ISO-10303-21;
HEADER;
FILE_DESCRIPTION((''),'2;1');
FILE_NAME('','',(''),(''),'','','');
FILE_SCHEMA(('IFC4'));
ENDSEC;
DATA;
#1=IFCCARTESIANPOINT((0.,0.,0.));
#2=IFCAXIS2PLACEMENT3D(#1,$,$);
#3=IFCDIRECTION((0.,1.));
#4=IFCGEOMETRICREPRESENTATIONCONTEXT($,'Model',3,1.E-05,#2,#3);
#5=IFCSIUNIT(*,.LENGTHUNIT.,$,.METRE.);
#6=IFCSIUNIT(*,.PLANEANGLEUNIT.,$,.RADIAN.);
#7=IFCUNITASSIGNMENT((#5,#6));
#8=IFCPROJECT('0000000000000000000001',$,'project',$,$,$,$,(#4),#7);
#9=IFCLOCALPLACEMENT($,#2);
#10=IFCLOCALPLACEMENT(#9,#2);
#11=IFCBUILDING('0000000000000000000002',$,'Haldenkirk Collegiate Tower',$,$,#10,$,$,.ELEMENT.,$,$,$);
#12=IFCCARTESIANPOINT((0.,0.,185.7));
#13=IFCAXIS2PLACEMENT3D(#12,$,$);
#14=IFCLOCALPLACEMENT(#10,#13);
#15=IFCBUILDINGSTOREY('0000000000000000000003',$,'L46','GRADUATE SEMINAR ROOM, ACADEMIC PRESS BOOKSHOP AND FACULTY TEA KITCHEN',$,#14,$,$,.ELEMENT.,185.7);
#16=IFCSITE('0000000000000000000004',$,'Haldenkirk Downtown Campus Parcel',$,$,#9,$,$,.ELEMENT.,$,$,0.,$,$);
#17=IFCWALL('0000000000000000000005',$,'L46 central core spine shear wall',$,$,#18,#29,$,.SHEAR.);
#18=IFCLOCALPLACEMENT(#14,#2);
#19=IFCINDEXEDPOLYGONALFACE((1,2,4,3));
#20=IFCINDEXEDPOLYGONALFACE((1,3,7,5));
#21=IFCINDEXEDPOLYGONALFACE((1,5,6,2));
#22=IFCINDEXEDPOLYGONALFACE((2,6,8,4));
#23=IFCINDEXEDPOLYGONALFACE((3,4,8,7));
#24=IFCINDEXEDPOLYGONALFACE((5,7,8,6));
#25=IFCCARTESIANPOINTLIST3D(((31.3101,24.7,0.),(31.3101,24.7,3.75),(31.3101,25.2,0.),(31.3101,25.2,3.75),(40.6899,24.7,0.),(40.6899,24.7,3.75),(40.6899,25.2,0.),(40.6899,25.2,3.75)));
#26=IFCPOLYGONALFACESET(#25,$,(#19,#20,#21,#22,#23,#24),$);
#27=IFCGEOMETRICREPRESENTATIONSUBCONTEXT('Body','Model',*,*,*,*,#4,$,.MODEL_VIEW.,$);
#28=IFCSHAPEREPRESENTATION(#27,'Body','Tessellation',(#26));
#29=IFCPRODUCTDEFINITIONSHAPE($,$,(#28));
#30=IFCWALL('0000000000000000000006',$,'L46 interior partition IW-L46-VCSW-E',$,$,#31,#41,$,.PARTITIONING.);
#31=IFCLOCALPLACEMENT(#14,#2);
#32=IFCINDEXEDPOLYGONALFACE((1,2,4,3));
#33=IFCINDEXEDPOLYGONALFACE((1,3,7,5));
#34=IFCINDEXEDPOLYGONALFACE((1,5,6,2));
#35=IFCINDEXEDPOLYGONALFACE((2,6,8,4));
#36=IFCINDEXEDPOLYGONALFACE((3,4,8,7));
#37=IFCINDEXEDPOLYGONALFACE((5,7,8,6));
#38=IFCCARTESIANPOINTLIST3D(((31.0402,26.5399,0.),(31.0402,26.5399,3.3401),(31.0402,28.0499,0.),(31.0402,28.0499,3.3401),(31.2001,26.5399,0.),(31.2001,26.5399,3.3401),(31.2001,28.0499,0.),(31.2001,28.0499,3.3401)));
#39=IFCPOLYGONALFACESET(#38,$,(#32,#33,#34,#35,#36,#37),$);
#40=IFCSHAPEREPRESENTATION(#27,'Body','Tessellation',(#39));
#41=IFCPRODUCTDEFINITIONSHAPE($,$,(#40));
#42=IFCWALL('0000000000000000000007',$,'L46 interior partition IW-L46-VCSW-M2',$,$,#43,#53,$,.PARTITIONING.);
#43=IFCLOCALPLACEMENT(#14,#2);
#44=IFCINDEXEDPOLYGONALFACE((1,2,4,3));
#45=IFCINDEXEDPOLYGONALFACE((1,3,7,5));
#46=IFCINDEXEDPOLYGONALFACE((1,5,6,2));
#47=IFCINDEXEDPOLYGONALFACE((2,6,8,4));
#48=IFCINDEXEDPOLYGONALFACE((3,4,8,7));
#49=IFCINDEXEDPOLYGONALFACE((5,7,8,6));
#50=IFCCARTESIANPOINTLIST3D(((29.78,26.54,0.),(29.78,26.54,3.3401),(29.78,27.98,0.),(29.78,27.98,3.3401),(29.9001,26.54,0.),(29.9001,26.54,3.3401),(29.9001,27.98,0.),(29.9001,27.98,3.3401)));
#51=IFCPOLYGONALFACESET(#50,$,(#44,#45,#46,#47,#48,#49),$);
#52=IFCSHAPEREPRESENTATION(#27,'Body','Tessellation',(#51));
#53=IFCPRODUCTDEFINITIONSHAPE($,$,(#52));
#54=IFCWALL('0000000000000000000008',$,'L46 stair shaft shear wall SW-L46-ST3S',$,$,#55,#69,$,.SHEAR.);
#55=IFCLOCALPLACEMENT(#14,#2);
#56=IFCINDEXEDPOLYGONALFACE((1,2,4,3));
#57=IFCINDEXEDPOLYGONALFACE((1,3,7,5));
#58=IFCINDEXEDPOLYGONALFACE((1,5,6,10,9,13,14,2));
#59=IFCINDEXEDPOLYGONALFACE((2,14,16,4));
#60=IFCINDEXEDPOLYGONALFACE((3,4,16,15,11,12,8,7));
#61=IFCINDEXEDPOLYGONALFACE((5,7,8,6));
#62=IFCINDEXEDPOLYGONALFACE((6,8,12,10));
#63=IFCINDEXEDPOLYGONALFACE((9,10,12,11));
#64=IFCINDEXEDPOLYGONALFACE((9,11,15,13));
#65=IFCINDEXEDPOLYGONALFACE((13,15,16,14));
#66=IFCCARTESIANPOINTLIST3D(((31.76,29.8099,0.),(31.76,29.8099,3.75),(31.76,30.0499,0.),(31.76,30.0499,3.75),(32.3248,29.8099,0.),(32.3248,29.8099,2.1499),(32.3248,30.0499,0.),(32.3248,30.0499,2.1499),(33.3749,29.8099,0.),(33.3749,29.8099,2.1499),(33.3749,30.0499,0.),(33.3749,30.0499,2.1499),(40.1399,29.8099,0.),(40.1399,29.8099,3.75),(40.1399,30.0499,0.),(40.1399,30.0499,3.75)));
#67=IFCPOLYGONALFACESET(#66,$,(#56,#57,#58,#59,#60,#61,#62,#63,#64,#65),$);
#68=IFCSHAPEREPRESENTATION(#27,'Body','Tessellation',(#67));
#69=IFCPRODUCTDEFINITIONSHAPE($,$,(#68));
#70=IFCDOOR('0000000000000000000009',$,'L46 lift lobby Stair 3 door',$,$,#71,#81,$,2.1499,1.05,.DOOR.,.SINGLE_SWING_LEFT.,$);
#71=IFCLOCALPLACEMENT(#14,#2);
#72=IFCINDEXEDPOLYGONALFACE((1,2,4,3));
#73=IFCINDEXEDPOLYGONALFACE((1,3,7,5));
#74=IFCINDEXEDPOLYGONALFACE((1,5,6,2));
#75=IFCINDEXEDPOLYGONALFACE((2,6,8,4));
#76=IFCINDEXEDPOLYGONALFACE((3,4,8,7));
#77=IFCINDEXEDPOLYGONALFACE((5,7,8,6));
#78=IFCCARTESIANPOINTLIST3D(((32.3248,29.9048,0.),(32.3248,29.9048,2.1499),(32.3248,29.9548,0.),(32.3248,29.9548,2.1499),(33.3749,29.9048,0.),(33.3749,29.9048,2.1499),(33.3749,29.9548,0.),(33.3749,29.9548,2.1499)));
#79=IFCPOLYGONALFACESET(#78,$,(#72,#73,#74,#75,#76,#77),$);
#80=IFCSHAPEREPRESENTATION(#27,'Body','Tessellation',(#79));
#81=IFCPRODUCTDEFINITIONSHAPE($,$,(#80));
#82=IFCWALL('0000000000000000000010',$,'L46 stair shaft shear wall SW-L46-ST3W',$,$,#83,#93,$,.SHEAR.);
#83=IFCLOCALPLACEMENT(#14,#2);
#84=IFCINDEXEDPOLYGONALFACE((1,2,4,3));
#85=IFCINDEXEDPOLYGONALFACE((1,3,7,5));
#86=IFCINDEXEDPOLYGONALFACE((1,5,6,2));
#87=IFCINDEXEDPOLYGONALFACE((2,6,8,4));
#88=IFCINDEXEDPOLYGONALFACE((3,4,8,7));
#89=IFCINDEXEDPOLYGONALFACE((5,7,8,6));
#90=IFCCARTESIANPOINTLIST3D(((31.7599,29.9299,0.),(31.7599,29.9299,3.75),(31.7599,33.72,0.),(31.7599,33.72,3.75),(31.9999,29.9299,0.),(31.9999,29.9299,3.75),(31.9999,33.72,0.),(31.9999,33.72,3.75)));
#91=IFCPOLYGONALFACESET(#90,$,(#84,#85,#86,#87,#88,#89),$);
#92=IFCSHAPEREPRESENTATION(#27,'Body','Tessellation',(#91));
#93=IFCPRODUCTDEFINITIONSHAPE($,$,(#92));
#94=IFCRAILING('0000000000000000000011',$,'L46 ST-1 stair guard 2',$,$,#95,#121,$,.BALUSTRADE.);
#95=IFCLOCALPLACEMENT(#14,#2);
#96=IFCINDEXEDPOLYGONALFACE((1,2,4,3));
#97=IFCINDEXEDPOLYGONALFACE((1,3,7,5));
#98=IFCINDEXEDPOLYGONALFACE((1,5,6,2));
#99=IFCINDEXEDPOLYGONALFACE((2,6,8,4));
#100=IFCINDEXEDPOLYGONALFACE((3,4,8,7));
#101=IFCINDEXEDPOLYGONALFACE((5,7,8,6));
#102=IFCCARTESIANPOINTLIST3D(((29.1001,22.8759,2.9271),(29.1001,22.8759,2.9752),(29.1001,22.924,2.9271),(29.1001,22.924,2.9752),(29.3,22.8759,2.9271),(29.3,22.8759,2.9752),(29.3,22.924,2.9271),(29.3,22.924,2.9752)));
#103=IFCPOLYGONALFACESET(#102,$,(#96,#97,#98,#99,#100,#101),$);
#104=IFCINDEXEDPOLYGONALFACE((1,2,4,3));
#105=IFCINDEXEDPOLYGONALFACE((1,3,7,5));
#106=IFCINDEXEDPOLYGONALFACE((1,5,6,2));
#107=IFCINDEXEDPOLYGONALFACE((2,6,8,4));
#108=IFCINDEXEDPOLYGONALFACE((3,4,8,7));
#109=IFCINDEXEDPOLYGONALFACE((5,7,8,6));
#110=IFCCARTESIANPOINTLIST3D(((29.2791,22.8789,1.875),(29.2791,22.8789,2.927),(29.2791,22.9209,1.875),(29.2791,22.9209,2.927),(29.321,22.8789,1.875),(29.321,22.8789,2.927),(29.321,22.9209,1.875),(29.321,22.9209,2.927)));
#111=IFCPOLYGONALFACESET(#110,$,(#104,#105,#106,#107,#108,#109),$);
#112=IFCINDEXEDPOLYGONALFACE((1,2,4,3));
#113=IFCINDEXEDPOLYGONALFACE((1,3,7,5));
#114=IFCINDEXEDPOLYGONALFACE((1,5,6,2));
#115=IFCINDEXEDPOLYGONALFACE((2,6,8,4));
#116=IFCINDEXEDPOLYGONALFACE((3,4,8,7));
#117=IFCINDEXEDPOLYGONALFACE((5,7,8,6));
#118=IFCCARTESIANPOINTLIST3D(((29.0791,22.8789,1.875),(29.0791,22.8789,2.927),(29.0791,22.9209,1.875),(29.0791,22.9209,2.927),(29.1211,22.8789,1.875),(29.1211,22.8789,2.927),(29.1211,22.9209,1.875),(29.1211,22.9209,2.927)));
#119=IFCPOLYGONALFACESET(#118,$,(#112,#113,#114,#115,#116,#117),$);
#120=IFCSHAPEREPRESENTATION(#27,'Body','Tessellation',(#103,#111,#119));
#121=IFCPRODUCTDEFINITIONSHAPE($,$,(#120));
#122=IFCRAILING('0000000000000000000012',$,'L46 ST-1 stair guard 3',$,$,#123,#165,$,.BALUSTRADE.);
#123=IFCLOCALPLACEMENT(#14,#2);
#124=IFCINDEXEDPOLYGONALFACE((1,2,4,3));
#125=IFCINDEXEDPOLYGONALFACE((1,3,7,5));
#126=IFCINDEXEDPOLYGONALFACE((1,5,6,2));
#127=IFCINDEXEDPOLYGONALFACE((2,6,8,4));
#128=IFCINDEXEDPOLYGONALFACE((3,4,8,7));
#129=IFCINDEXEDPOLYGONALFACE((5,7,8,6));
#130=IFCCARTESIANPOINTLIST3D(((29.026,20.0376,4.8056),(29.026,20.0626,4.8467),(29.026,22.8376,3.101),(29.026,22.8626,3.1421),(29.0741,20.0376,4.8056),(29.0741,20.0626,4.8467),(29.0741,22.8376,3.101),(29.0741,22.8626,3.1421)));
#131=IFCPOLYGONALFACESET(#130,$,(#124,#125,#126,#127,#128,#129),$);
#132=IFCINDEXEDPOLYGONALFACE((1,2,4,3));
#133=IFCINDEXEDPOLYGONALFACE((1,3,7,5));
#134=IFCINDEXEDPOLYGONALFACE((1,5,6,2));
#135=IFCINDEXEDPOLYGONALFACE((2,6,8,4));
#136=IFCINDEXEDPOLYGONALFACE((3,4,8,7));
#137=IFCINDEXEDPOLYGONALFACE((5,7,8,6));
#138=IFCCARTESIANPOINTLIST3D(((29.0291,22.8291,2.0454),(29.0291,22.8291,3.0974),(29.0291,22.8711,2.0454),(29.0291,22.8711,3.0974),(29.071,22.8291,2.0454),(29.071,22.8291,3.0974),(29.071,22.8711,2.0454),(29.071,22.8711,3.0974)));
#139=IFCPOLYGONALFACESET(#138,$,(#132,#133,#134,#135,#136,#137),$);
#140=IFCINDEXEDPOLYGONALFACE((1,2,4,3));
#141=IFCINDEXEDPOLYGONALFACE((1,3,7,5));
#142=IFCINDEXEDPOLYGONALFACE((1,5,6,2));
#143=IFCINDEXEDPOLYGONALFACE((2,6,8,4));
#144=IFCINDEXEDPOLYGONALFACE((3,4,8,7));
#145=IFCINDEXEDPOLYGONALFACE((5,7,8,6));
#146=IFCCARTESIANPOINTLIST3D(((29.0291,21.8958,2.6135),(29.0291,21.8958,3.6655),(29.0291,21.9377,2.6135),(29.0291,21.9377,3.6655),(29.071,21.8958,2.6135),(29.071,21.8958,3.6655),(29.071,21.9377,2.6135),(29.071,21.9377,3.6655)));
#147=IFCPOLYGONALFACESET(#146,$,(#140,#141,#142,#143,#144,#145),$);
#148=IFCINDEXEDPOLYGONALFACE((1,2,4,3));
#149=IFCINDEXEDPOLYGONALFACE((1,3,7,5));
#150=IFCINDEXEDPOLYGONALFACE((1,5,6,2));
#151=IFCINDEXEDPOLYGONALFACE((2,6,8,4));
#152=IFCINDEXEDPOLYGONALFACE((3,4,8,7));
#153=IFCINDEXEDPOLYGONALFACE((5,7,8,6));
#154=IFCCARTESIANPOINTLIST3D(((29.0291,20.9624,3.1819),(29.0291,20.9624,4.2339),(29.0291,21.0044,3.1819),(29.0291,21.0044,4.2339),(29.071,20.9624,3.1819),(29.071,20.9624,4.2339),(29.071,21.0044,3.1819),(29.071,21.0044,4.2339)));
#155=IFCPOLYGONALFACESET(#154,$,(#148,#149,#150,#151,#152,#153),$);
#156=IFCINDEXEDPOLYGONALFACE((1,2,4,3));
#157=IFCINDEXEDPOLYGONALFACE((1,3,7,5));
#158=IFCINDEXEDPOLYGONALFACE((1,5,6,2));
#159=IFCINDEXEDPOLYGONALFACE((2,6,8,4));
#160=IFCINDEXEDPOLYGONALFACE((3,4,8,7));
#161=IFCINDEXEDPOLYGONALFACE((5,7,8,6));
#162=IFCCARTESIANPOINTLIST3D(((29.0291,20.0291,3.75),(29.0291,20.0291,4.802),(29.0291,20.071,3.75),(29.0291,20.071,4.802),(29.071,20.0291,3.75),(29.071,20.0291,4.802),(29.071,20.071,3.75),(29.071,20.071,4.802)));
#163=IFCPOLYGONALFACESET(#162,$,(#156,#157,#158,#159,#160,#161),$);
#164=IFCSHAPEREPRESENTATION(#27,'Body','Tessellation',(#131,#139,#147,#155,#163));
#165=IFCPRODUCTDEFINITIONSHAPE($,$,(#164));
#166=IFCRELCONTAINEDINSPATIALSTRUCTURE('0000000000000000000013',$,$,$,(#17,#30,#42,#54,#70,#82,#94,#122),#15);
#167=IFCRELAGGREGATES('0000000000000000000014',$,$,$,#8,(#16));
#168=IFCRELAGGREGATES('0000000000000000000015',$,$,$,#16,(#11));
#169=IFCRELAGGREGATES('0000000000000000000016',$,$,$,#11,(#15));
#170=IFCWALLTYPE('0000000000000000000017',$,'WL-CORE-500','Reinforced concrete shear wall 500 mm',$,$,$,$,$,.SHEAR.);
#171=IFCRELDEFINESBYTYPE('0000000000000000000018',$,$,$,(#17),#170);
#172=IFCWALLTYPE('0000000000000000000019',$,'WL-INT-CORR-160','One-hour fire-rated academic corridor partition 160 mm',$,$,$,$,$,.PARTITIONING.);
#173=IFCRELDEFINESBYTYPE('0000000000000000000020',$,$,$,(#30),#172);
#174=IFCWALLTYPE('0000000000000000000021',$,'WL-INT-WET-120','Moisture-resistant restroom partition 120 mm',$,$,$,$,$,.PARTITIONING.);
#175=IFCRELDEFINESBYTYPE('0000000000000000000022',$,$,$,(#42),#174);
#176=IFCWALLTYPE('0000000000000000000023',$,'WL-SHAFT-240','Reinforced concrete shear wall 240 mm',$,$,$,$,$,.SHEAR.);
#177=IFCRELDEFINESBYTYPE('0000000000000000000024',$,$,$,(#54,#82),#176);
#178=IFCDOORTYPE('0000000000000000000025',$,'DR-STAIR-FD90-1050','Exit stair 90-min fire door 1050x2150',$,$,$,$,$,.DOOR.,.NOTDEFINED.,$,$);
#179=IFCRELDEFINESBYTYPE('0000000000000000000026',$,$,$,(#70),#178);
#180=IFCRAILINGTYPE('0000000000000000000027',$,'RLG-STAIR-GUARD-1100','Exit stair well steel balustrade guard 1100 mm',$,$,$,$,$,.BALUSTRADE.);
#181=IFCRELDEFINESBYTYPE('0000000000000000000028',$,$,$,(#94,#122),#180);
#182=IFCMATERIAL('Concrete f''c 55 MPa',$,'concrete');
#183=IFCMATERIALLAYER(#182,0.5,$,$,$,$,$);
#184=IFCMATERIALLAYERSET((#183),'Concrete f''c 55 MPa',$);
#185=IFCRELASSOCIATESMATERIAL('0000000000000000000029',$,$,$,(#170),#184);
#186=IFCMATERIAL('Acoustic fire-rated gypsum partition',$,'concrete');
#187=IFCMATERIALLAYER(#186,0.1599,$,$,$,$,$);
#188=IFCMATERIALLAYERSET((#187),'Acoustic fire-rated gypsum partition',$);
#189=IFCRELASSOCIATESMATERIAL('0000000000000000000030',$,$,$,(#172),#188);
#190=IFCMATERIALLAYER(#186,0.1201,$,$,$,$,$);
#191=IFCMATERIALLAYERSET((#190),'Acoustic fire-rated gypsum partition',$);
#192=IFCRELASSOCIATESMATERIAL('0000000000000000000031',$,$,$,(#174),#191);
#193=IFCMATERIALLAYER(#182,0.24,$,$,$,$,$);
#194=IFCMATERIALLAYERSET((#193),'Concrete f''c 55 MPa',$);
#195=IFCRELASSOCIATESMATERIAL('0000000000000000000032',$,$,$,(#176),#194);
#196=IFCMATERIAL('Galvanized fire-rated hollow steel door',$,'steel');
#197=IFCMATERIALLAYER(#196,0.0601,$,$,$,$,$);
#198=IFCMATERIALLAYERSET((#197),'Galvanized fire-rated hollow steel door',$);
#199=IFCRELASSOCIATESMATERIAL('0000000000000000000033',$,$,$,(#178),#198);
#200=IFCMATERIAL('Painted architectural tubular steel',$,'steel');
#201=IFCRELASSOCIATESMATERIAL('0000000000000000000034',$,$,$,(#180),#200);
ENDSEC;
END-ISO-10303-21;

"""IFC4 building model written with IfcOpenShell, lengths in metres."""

from ifc_helpers import new_model, si_unit, direction, frame, frame_2d, origin, origin_2d, place, context, subcontext, project, spatial, rectangle, extrude, material, layer, layer_set, type_object, element, fill, save


model = new_model("IFC4")

# Units and contexts
model_context = context("Model", 3, precision=1e-05, world=origin(), true_north=direction((0.0, 1.0)))
body_context = subcontext(model_context, "Body", "Model", "MODEL_VIEW")
ifc_project = project(units=[si_unit("LENGTHUNIT", "METRE"), si_unit("PLANEANGLEUNIT", "RADIAN")], contexts=[model_context])

# Site, building, storey
site_placement = place(None, origin())
site = spatial("IfcSite", under=ifc_project, at=site_placement, Name="Haldenkirk Downtown Campus Parcel", CompositionType="ELEMENT", RefElevation=0.0)
building_placement = place(site_placement, origin())
building = spatial("IfcBuilding", under=site, at=building_placement, Name="Haldenkirk Collegiate Tower", CompositionType="ELEMENT")
storey_placement = place(building_placement, frame((0.0, 0.0, 185.7)))
storey = spatial("IfcBuildingStorey", under=building, at=storey_placement, Name="L46", Description="GRADUATE SEMINAR ROOM, ACADEMIC PRESS BOOKSHOP AND FACULTY TEA KITCHEN", CompositionType="ELEMENT", Elevation=185.7)

# Walls
ifc_material_1 = material(Name="Concrete f'c 55 MPa", Category="concrete")
ifc_layer_1 = layer(ifc_material_1, 0.5)
ifc_layer_set_1 = layer_set([ifc_layer_1], Name="Concrete f'c 55 MPa")
wall_type_1 = type_object("IfcWallType", Name="WL-CORE-500", Description="Reinforced concrete shear wall 500 mm", PredefinedType="SHEAR", material=ifc_layer_set_1)
wall_1_placement = place(storey_placement, frame((31.3101, 24.95, 0.0), z_axis=(0.0, 0.0, 1.0), x_axis=(1.0, 0.0, 0.0)))
element("IfcWall", 1, at=wall_1_placement, inside=storey, type_object=wall_type_1, Name="L46 central core spine shear wall", PredefinedType="SHEAR", context=body_context, shape_type="SweptSolid", body=[
    extrude(rectangle(XDim=9.3799, YDim=0.5, at=frame_2d((4.6899, 0.0))), origin(), (0.0, 0.0, 1.0), 3.75),
])
ifc_material_2 = material(Name="Acoustic fire-rated gypsum partition", Category="concrete")
ifc_layer_2 = layer(ifc_material_2, 0.1599)
ifc_layer_set_2 = layer_set([ifc_layer_2], Name="Acoustic fire-rated gypsum partition")
wall_type_2 = type_object("IfcWallType", Name="WL-INT-CORR-160", Description="One-hour fire-rated academic corridor partition 160 mm", PredefinedType="PARTITIONING", material=ifc_layer_set_2)
wall_2_placement = place(storey_placement, frame((31.1201, 26.54, 0.0), z_axis=(0.0, 0.0, 1.0), x_axis=(0.0, 1.0, 0.0)))
element("IfcWall", 2, at=wall_2_placement, inside=storey, type_object=wall_type_2, Name="L46 interior partition IW-L46-VCSW-E", PredefinedType="PARTITIONING", context=body_context, shape_type="SweptSolid", body=[
    extrude(rectangle(XDim=1.51, YDim=0.1599, at=frame_2d((0.7549, 0.0))), origin(), (0.0, 0.0, 1.0), 3.3401),
])

# Shared definitions
ifc_material_3 = material(Name="Galvanized fire-rated hollow steel door", Category="steel")

# Wall
ifc_layer_3 = layer(ifc_material_2, 0.1201)
ifc_layer_set_3 = layer_set([ifc_layer_3], Name="Acoustic fire-rated gypsum partition")
wall_type_3 = type_object("IfcWallType", Name="WL-INT-WET-120", Description="Moisture-resistant restroom partition 120 mm", PredefinedType="PARTITIONING", material=ifc_layer_set_3)
wall_3_placement = place(storey_placement, frame((29.8401, 26.54, 0.0), z_axis=(0.0, 0.0, 1.0), x_axis=(0.0, 1.0, 0.0)))
element("IfcWall", 3, at=wall_3_placement, inside=storey, type_object=wall_type_3, Name="L46 interior partition IW-L46-VCSW-M2", PredefinedType="PARTITIONING", context=body_context, shape_type="SweptSolid", body=[
    extrude(rectangle(XDim=1.4399, YDim=0.1201, at=frame_2d((0.72, 0.0))), origin(), (0.0, 0.0, 1.0), 3.3401),
])

# Wall, opening, door
ifc_layer_4 = layer(ifc_material_1, 0.24)
ifc_layer_set_4 = layer_set([ifc_layer_4], Name="Concrete f'c 55 MPa")
wall_type_4 = type_object("IfcWallType", Name="WL-SHAFT-240", Description="Reinforced concrete shear wall 240 mm", PredefinedType="SHEAR", material=ifc_layer_set_4)
wall_4_placement = place(storey_placement, frame((31.76, 29.9299, 0.0), z_axis=(0.0, 0.0, 1.0), x_axis=(1.0, 0.0, 0.0)))
wall_4 = element("IfcWall", 4, at=wall_4_placement, inside=storey, type_object=wall_type_4, Name="L46 stair shaft shear wall SW-L46-ST3S", PredefinedType="SHEAR", context=body_context, shape_type="SweptSolid", body=[
    extrude(rectangle(XDim=8.3799, YDim=0.24, at=frame_2d((4.1899, 0.0))), origin(), (0.0, 0.0, 1.0), 3.75),
])
opening_1_placement = place(wall_4_placement, frame((0.5649, 0.0, 0.0)))
opening_1 = element("IfcOpeningElement", 5, at=opening_1_placement, cuts=wall_4, PredefinedType="OPENING", context=body_context, shape_type="SweptSolid", body=[
    extrude(rectangle(XDim=1.05, YDim=2.1499, at=frame_2d((0.5249, 1.075))), frame((0.0, 0.1299, 0.0), z_axis=(0.0, -1.0, 0.0), x_axis=(1.0, 0.0, 0.0)), (0.0, 0.0, 1.0), 0.26),
])
ifc_layer_5 = layer(ifc_material_3, 0.0601)
ifc_layer_set_5 = layer_set([ifc_layer_5], Name="Galvanized fire-rated hollow steel door")
door_type_1 = type_object("IfcDoorType", Name="DR-STAIR-FD90-1050", Description="Exit stair 90-min fire door 1050x2150", OperationType="NOTDEFINED", PredefinedType="DOOR", material=ifc_layer_set_5)
door_1_placement = place(opening_1_placement, origin())
door_1 = element("IfcDoor", 6, at=door_1_placement, inside=storey, type_object=door_type_1, Name="L46 lift lobby Stair 3 door", OperationType="SINGLE_SWING_LEFT", OverallHeight=2.1499, OverallWidth=1.05, PredefinedType="DOOR", context=body_context, shape_type="SweptSolid", body=[
    extrude(rectangle(XDim=1.05, YDim=2.1499, at=frame_2d((0.5249, 1.075))), frame((0.0, 0.0249, 0.0), z_axis=(0.0, -1.0, 0.0), x_axis=(1.0, 0.0, 0.0)), (0.0, 0.0, 1.0), 0.05),
])
fill(opening_1, door_1)

# Wall
wall_5_placement = place(storey_placement, frame((31.8799, 29.9299, 0.0), z_axis=(0.0, 0.0, 1.0), x_axis=(0.0, 1.0, 0.0)))
element("IfcWall", 7, at=wall_5_placement, inside=storey, type_object=wall_type_4, Name="L46 stair shaft shear wall SW-L46-ST3W", PredefinedType="SHEAR", context=body_context, shape_type="SweptSolid", body=[
    extrude(rectangle(XDim=3.79, YDim=0.24, at=frame_2d((1.895, 0.0))), origin(), (0.0, 0.0, 1.0), 3.75),
])

# Railings
ifc_material_4 = material(Name="Painted architectural tubular steel", Category="steel")
railing_type = type_object("IfcRailingType", Name="RLG-STAIR-GUARD-1100", Description="Exit stair well steel balustrade guard 1100 mm", PredefinedType="BALUSTRADE", material=ifc_material_4)
railing_1_placement = place(storey_placement, frame((29.3, 22.8999, 1.875)))
element("IfcRailing", 8, at=railing_1_placement, inside=storey, type_object=railing_type, Name="L46 ST-1 stair guard 2", PredefinedType="BALUSTRADE", context=body_context, shape_type="SweptSolid", body=[
    extrude(rectangle(XDim=0.0481, YDim=0.0481, at=origin_2d()), frame((0.0, 0.0, 1.0762), z_axis=(-1.0, 0.0, 0.0), x_axis=(0.0, -1.0, 0.0)), (0.0, 0.0, 1.0), 0.2),
    extrude(rectangle(XDim=0.042, YDim=0.042, at=origin_2d()), origin(), (0.0, 0.0, 1.0), 1.052),
    extrude(rectangle(XDim=0.042, YDim=0.042, at=origin_2d()), frame((-0.2, 0.0, 0.0)), (0.0, 0.0, 1.0), 1.052),
])
railing_2_placement = place(storey_placement, frame((29.05, 22.8501, 2.0454)))
element("IfcRailing", 9, at=railing_2_placement, inside=storey, type_object=railing_type, Name="L46 ST-1 stair guard 3", PredefinedType="BALUSTRADE", context=body_context, shape_type="SweptSolid", body=[
    extrude(rectangle(XDim=0.0481, YDim=0.0481, at=origin_2d()), frame((0.0, 0.0, 1.0762), z_axis=(0.0, -0.85417, 0.519994), x_axis=(1.0, 0.0, 0.0)), (0.0, 0.0, 1.0), 3.2781),
    extrude(rectangle(XDim=0.042, YDim=0.042, at=origin_2d()), origin(), (0.0, 0.0, 1.0), 1.052),
    extrude(rectangle(XDim=0.042, YDim=0.042, at=origin_2d()), frame((0.0, -0.9333, 0.5681)), (0.0, 0.0, 1.0), 1.052),
    extrude(rectangle(XDim=0.042, YDim=0.042, at=origin_2d()), frame((0.0, -1.8667, 1.1365)), (0.0, 0.0, 1.0), 1.052),
    extrude(rectangle(XDim=0.042, YDim=0.042, at=origin_2d()), frame((0.0, -2.8, 1.7046)), (0.0, 0.0, 1.0), 1.052),
])

save(model, "model.ifc")
